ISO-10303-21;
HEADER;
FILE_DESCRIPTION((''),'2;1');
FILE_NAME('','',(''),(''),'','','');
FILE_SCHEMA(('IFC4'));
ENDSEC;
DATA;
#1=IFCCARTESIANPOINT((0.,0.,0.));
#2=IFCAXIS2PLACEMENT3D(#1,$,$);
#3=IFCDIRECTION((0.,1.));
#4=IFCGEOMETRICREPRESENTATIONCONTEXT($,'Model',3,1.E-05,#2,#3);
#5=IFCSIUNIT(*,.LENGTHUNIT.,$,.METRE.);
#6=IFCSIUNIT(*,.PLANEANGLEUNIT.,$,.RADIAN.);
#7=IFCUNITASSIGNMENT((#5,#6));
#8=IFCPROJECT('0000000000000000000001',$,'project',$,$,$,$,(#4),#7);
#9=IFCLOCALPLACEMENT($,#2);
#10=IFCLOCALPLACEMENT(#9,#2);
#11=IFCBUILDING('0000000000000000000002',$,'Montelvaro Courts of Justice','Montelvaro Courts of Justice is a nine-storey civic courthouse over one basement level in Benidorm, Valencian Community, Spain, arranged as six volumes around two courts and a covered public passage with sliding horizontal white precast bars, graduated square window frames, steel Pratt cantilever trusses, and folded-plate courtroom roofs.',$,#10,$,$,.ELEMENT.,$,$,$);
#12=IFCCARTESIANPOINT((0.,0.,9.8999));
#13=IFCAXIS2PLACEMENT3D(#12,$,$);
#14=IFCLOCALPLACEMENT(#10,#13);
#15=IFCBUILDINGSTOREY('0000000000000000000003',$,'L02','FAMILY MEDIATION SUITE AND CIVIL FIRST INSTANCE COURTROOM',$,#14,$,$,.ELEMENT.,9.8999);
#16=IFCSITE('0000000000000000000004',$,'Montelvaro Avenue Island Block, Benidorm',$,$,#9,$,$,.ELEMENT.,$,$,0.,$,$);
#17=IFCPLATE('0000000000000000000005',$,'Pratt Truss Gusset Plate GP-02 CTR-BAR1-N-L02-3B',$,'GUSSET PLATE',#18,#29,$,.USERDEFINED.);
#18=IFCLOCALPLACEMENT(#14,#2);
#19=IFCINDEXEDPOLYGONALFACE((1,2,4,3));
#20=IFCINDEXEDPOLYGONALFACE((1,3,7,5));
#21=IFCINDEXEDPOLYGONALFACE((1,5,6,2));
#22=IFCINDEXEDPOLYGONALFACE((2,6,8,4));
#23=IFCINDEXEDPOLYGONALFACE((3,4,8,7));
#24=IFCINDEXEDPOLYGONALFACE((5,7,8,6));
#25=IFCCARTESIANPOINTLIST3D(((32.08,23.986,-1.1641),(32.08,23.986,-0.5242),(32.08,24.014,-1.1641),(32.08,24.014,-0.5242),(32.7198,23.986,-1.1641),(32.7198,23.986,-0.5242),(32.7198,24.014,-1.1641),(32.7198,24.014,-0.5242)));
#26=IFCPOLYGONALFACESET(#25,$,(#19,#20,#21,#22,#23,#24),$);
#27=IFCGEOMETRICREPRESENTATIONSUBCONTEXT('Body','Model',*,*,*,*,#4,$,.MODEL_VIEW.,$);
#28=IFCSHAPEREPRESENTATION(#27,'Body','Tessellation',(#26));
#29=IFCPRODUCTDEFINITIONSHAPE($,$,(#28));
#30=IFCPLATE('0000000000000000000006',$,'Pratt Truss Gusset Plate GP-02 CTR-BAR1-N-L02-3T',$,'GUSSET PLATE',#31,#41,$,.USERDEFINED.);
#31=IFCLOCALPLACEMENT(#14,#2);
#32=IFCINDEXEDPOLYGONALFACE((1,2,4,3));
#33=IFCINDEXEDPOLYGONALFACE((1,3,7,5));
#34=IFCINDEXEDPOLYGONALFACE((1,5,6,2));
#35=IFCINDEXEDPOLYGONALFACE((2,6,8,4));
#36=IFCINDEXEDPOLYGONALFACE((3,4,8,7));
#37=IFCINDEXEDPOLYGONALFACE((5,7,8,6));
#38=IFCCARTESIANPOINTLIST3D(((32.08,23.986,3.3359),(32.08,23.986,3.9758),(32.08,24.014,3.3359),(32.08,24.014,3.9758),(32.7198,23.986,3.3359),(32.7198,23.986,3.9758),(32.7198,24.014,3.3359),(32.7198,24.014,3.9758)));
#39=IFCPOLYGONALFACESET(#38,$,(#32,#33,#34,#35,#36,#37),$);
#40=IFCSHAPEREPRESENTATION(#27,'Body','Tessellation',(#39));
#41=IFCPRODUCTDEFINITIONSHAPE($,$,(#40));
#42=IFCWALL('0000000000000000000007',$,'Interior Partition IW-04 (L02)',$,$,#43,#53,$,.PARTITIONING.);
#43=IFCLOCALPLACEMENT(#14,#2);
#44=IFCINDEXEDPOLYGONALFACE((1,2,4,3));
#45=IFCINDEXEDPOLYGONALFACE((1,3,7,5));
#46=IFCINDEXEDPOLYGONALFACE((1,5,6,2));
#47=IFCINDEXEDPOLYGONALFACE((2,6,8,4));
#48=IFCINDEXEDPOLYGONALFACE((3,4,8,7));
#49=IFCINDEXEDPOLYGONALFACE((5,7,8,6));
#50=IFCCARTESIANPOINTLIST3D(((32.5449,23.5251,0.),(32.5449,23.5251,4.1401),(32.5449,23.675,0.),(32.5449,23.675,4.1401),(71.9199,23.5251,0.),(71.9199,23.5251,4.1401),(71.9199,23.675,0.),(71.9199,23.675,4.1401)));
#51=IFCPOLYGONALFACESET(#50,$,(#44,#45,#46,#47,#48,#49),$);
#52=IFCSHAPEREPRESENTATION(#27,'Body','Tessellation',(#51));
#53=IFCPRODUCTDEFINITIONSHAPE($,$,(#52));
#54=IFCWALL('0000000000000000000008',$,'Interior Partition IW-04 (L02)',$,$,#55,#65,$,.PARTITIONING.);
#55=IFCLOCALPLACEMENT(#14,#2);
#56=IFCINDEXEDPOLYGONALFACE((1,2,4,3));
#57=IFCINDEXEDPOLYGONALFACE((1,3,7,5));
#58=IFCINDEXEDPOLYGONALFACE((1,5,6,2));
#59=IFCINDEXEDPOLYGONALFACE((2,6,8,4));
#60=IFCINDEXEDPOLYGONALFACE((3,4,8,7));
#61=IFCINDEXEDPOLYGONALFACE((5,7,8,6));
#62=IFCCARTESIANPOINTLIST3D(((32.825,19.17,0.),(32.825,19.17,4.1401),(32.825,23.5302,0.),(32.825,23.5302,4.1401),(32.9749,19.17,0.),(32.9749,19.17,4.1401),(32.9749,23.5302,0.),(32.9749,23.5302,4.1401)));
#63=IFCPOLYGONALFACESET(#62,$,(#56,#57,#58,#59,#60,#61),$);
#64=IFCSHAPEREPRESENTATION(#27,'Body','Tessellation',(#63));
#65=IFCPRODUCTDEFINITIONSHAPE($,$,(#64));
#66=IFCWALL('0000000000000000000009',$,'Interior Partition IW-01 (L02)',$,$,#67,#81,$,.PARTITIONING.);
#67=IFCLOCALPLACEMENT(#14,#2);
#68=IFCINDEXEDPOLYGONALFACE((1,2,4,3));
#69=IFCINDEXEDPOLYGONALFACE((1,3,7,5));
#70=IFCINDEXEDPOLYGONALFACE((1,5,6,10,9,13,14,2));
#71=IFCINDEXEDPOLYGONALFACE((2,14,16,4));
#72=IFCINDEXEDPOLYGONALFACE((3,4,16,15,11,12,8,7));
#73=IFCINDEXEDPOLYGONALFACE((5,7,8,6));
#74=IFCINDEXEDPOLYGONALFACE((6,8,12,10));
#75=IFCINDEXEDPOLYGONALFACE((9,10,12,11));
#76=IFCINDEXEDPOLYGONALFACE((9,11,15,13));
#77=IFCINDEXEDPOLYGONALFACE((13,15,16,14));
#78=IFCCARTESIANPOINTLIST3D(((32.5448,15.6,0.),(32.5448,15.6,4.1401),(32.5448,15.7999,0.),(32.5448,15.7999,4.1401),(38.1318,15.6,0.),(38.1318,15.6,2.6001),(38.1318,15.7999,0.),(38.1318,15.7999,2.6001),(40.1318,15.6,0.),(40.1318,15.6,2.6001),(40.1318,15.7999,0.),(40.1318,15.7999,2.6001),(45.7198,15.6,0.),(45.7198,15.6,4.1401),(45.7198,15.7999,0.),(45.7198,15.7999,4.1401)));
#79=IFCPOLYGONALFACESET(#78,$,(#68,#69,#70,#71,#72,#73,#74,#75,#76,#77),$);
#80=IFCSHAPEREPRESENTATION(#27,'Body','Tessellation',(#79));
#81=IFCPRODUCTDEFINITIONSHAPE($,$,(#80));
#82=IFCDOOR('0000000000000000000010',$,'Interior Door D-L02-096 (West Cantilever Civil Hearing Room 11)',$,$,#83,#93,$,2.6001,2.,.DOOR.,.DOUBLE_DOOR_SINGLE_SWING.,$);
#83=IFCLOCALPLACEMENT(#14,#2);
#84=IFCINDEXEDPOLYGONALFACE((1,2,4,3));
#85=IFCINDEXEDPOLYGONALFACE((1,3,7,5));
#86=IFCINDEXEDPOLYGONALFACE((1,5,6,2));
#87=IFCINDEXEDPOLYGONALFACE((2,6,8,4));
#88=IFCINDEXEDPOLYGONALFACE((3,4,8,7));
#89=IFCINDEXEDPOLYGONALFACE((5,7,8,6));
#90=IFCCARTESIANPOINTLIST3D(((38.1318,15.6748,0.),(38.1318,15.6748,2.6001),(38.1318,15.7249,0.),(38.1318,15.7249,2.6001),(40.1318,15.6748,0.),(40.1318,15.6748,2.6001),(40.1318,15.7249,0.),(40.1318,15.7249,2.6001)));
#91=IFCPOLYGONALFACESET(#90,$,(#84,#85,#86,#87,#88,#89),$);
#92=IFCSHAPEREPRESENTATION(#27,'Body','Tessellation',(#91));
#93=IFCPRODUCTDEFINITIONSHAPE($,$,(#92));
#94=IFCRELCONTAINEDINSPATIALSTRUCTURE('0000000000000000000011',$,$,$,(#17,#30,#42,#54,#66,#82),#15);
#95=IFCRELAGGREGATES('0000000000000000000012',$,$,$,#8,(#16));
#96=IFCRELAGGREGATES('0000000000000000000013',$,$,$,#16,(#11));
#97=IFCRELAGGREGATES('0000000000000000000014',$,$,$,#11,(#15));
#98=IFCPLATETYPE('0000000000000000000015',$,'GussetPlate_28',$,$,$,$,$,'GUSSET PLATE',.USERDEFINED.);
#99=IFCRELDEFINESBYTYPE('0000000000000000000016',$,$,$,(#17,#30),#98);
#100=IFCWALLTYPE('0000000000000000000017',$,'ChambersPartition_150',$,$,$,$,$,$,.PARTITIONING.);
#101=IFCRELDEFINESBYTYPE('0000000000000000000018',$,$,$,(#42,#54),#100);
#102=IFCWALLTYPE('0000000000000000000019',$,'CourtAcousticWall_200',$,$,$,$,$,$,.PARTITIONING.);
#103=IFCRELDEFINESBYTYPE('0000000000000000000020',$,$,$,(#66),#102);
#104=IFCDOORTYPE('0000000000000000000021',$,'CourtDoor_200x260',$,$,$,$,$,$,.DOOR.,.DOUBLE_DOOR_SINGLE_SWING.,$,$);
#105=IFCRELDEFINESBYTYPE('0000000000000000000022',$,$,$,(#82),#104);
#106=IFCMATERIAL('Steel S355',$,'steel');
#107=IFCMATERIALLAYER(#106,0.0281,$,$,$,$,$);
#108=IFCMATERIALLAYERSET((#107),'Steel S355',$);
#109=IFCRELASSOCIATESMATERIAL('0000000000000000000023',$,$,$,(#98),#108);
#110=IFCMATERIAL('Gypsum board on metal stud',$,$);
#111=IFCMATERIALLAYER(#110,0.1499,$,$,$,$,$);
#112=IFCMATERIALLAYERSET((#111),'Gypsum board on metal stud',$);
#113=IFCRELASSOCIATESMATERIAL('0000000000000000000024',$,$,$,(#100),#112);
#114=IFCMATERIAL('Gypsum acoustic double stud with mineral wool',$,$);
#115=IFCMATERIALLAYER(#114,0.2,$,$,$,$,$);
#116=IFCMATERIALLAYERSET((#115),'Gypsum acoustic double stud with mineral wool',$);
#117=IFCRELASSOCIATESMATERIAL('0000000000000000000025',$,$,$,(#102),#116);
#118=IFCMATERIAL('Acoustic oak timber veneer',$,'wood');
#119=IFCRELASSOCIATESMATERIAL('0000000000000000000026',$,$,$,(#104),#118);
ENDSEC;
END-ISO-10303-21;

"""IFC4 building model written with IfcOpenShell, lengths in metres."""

from ifc_helpers import new_model, si_unit, direction, frame, frame_2d, origin, origin_2d, place, context, subcontext, project, spatial, rectangle, extrude, material, layer, layer_set, type_object, element, fill, save


model = new_model("IFC4")

# Units and contexts
model_context = context("Model", 3, precision=1e-05, world=origin(), true_north=direction((0.0, 1.0)))
body_context = subcontext(model_context, "Body", "Model", "MODEL_VIEW")
ifc_project = project(units=[si_unit("LENGTHUNIT", "METRE"), si_unit("PLANEANGLEUNIT", "RADIAN")], contexts=[model_context])

# Site, building, storey
site_placement = place(None, origin())
site = spatial("IfcSite", under=ifc_project, at=site_placement, Name="Montelvaro Avenue Island Block, Benidorm", CompositionType="ELEMENT", RefElevation=0.0)
building_placement = place(site_placement, origin())
building = spatial("IfcBuilding", under=site, at=building_placement, Name="Montelvaro Courts of Justice", Description="Montelvaro Courts of Justice is a nine-storey civic courthouse over one basement level in Benidorm, Valencian Community, Spain, arranged as six volumes around two courts and a covered public passage with sliding horizontal white precast bars, graduated square window frames, steel Pratt cantilever trusses, and folded-plate courtroom roofs.", CompositionType="ELEMENT")
storey_placement = place(building_placement, frame((0.0, 0.0, 9.8999)))
storey = spatial("IfcBuildingStorey", under=building, at=storey_placement, Name="L02", Description="FAMILY MEDIATION SUITE AND CIVIL FIRST INSTANCE COURTROOM", CompositionType="ELEMENT", Elevation=9.8999)

# Shared definitions
ifc_material_1 = material(Name="Steel S355", Category="steel")

# Plates
ifc_layer_1 = layer(ifc_material_1, 0.0281)
ifc_layer_set_1 = layer_set([ifc_layer_1], Name="Steel S355")
plate_type = type_object("IfcPlateType", Name="GussetPlate_28", ElementType="GUSSET PLATE", PredefinedType="USERDEFINED", material=ifc_layer_set_1)
for number, where, z_axis, x_axis, name in (
    (1, (32.3999, 24.0, -1.1641), (0.0, 0.0, 1.0), (1.0, 0.0, 0.0), "Pratt Truss Gusset Plate GP-02 CTR-BAR1-N-L02-3B"),
    (2, (32.3999, 24.0, 3.3359), (0.0, 0.0, 1.0), (1.0, 0.0, 0.0), "Pratt Truss Gusset Plate GP-02 CTR-BAR1-N-L02-3T"),
):
    element("IfcPlate", number, at=place(storey_placement, frame(where, z_axis=z_axis, x_axis=x_axis)), inside=storey, type_object=plate_type, Name=name, ObjectType="GUSSET PLATE", PredefinedType="USERDEFINED", context=body_context, shape_type="SweptSolid", body=[
        extrude(rectangle(XDim=0.6399, YDim=0.0281, at=origin_2d()), origin(), (0.0, 0.0, 1.0), 0.6399),
    ])

# Walls
ifc_material_2 = material(Name="Gypsum board on metal stud")
ifc_layer_2 = layer(ifc_material_2, 0.1499)
ifc_layer_set_2 = layer_set([ifc_layer_2], Name="Gypsum board on metal stud")
wall_type_1 = type_object("IfcWallType", Name="ChambersPartition_150", PredefinedType="PARTITIONING", material=ifc_layer_set_2)
wall_1_placement = place(storey_placement, frame((32.5449, 23.6001, 0.0), z_axis=(0.0, 0.0, 1.0), x_axis=(1.0, 0.0, 0.0)))
element("IfcWall", 3, at=wall_1_placement, inside=storey, type_object=wall_type_1, Name="Interior Partition IW-04 (L02)", PredefinedType="PARTITIONING", context=body_context, shape_type="SweptSolid", body=[
    extrude(rectangle(XDim=39.375, YDim=0.1499, at=frame_2d((19.6875, 0.0))), origin(), (0.0, 0.0, 1.0), 4.1401),
])
wall_2_placement = place(storey_placement, frame((32.8999, 19.1699, 0.0), z_axis=(0.0, 0.0, 1.0), x_axis=(0.0, 1.0, 0.0)))
element("IfcWall", 4, at=wall_2_placement, inside=storey, type_object=wall_type_1, Name="Interior Partition IW-04 (L02)", PredefinedType="PARTITIONING", context=body_context, shape_type="SweptSolid", body=[
    extrude(rectangle(XDim=4.3601, YDim=0.1499, at=frame_2d((2.1802, 0.0))), origin(), (0.0, 0.0, 1.0), 4.1401),
])

# Wall, opening, door
ifc_material_3 = material(Name="Gypsum acoustic double stud with mineral wool")
ifc_layer_3 = layer(ifc_material_3, 0.2)
ifc_layer_set_3 = layer_set([ifc_layer_3], Name="Gypsum acoustic double stud with mineral wool")
wall_type_2 = type_object("IfcWallType", Name="CourtAcousticWall_200", PredefinedType="PARTITIONING", material=ifc_layer_set_3)
wall_3_placement = place(storey_placement, frame((32.5449, 15.7, 0.0), z_axis=(0.0, 0.0, 1.0), x_axis=(1.0, 0.0, 0.0)))
wall_3 = element("IfcWall", 5, at=wall_3_placement, inside=storey, type_object=wall_type_2, Name="Interior Partition IW-01 (L02)", PredefinedType="PARTITIONING", context=body_context, shape_type="SweptSolid", body=[
    extrude(rectangle(XDim=13.175, YDim=0.2, at=frame_2d((6.5874, 0.0))), origin(), (0.0, 0.0, 1.0), 4.1401),
])
opening_placement = place(wall_3_placement, frame((5.5869, 0.0, 0.0)))
opening = element("IfcOpeningElement", 6, at=opening_placement, cuts=wall_3, PredefinedType="OPENING", context=body_context, shape_type="SweptSolid", body=[
    extrude(rectangle(XDim=2.0, YDim=2.6001, at=frame_2d((1.0, 1.3))), frame((0.0, 0.1147, 0.0), z_axis=(0.0, -1.0, 0.0), x_axis=(1.0, 0.0, 0.0)), (0.0, 0.0, 1.0), 0.2297),
])
ifc_material_4 = material(Name="Acoustic oak timber veneer", Category="wood")
door_type = type_object("IfcDoorType", Name="CourtDoor_200x260", OperationType="DOUBLE_DOOR_SINGLE_SWING", PredefinedType="DOOR", material=ifc_material_4)
door_placement = place(opening_placement, origin())
door = element("IfcDoor", 7, at=door_placement, inside=storey, type_object=door_type, Name="Interior Door D-L02-096 (West Cantilever Civil Hearing Room 11)", OperationType="DOUBLE_DOOR_SINGLE_SWING", OverallHeight=2.6001, OverallWidth=2.0, PredefinedType="DOOR", context=body_context, shape_type="SweptSolid", body=[
    extrude(rectangle(XDim=2.0, YDim=2.6001, at=frame_2d((1.0, 1.3))), frame((0.0, 0.0249, 0.0), z_axis=(0.0, -1.0, 0.0), x_axis=(1.0, 0.0, 0.0)), (0.0, 0.0, 1.0), 0.05),
])
fill(opening, door)

save(model, "model.ifc")
